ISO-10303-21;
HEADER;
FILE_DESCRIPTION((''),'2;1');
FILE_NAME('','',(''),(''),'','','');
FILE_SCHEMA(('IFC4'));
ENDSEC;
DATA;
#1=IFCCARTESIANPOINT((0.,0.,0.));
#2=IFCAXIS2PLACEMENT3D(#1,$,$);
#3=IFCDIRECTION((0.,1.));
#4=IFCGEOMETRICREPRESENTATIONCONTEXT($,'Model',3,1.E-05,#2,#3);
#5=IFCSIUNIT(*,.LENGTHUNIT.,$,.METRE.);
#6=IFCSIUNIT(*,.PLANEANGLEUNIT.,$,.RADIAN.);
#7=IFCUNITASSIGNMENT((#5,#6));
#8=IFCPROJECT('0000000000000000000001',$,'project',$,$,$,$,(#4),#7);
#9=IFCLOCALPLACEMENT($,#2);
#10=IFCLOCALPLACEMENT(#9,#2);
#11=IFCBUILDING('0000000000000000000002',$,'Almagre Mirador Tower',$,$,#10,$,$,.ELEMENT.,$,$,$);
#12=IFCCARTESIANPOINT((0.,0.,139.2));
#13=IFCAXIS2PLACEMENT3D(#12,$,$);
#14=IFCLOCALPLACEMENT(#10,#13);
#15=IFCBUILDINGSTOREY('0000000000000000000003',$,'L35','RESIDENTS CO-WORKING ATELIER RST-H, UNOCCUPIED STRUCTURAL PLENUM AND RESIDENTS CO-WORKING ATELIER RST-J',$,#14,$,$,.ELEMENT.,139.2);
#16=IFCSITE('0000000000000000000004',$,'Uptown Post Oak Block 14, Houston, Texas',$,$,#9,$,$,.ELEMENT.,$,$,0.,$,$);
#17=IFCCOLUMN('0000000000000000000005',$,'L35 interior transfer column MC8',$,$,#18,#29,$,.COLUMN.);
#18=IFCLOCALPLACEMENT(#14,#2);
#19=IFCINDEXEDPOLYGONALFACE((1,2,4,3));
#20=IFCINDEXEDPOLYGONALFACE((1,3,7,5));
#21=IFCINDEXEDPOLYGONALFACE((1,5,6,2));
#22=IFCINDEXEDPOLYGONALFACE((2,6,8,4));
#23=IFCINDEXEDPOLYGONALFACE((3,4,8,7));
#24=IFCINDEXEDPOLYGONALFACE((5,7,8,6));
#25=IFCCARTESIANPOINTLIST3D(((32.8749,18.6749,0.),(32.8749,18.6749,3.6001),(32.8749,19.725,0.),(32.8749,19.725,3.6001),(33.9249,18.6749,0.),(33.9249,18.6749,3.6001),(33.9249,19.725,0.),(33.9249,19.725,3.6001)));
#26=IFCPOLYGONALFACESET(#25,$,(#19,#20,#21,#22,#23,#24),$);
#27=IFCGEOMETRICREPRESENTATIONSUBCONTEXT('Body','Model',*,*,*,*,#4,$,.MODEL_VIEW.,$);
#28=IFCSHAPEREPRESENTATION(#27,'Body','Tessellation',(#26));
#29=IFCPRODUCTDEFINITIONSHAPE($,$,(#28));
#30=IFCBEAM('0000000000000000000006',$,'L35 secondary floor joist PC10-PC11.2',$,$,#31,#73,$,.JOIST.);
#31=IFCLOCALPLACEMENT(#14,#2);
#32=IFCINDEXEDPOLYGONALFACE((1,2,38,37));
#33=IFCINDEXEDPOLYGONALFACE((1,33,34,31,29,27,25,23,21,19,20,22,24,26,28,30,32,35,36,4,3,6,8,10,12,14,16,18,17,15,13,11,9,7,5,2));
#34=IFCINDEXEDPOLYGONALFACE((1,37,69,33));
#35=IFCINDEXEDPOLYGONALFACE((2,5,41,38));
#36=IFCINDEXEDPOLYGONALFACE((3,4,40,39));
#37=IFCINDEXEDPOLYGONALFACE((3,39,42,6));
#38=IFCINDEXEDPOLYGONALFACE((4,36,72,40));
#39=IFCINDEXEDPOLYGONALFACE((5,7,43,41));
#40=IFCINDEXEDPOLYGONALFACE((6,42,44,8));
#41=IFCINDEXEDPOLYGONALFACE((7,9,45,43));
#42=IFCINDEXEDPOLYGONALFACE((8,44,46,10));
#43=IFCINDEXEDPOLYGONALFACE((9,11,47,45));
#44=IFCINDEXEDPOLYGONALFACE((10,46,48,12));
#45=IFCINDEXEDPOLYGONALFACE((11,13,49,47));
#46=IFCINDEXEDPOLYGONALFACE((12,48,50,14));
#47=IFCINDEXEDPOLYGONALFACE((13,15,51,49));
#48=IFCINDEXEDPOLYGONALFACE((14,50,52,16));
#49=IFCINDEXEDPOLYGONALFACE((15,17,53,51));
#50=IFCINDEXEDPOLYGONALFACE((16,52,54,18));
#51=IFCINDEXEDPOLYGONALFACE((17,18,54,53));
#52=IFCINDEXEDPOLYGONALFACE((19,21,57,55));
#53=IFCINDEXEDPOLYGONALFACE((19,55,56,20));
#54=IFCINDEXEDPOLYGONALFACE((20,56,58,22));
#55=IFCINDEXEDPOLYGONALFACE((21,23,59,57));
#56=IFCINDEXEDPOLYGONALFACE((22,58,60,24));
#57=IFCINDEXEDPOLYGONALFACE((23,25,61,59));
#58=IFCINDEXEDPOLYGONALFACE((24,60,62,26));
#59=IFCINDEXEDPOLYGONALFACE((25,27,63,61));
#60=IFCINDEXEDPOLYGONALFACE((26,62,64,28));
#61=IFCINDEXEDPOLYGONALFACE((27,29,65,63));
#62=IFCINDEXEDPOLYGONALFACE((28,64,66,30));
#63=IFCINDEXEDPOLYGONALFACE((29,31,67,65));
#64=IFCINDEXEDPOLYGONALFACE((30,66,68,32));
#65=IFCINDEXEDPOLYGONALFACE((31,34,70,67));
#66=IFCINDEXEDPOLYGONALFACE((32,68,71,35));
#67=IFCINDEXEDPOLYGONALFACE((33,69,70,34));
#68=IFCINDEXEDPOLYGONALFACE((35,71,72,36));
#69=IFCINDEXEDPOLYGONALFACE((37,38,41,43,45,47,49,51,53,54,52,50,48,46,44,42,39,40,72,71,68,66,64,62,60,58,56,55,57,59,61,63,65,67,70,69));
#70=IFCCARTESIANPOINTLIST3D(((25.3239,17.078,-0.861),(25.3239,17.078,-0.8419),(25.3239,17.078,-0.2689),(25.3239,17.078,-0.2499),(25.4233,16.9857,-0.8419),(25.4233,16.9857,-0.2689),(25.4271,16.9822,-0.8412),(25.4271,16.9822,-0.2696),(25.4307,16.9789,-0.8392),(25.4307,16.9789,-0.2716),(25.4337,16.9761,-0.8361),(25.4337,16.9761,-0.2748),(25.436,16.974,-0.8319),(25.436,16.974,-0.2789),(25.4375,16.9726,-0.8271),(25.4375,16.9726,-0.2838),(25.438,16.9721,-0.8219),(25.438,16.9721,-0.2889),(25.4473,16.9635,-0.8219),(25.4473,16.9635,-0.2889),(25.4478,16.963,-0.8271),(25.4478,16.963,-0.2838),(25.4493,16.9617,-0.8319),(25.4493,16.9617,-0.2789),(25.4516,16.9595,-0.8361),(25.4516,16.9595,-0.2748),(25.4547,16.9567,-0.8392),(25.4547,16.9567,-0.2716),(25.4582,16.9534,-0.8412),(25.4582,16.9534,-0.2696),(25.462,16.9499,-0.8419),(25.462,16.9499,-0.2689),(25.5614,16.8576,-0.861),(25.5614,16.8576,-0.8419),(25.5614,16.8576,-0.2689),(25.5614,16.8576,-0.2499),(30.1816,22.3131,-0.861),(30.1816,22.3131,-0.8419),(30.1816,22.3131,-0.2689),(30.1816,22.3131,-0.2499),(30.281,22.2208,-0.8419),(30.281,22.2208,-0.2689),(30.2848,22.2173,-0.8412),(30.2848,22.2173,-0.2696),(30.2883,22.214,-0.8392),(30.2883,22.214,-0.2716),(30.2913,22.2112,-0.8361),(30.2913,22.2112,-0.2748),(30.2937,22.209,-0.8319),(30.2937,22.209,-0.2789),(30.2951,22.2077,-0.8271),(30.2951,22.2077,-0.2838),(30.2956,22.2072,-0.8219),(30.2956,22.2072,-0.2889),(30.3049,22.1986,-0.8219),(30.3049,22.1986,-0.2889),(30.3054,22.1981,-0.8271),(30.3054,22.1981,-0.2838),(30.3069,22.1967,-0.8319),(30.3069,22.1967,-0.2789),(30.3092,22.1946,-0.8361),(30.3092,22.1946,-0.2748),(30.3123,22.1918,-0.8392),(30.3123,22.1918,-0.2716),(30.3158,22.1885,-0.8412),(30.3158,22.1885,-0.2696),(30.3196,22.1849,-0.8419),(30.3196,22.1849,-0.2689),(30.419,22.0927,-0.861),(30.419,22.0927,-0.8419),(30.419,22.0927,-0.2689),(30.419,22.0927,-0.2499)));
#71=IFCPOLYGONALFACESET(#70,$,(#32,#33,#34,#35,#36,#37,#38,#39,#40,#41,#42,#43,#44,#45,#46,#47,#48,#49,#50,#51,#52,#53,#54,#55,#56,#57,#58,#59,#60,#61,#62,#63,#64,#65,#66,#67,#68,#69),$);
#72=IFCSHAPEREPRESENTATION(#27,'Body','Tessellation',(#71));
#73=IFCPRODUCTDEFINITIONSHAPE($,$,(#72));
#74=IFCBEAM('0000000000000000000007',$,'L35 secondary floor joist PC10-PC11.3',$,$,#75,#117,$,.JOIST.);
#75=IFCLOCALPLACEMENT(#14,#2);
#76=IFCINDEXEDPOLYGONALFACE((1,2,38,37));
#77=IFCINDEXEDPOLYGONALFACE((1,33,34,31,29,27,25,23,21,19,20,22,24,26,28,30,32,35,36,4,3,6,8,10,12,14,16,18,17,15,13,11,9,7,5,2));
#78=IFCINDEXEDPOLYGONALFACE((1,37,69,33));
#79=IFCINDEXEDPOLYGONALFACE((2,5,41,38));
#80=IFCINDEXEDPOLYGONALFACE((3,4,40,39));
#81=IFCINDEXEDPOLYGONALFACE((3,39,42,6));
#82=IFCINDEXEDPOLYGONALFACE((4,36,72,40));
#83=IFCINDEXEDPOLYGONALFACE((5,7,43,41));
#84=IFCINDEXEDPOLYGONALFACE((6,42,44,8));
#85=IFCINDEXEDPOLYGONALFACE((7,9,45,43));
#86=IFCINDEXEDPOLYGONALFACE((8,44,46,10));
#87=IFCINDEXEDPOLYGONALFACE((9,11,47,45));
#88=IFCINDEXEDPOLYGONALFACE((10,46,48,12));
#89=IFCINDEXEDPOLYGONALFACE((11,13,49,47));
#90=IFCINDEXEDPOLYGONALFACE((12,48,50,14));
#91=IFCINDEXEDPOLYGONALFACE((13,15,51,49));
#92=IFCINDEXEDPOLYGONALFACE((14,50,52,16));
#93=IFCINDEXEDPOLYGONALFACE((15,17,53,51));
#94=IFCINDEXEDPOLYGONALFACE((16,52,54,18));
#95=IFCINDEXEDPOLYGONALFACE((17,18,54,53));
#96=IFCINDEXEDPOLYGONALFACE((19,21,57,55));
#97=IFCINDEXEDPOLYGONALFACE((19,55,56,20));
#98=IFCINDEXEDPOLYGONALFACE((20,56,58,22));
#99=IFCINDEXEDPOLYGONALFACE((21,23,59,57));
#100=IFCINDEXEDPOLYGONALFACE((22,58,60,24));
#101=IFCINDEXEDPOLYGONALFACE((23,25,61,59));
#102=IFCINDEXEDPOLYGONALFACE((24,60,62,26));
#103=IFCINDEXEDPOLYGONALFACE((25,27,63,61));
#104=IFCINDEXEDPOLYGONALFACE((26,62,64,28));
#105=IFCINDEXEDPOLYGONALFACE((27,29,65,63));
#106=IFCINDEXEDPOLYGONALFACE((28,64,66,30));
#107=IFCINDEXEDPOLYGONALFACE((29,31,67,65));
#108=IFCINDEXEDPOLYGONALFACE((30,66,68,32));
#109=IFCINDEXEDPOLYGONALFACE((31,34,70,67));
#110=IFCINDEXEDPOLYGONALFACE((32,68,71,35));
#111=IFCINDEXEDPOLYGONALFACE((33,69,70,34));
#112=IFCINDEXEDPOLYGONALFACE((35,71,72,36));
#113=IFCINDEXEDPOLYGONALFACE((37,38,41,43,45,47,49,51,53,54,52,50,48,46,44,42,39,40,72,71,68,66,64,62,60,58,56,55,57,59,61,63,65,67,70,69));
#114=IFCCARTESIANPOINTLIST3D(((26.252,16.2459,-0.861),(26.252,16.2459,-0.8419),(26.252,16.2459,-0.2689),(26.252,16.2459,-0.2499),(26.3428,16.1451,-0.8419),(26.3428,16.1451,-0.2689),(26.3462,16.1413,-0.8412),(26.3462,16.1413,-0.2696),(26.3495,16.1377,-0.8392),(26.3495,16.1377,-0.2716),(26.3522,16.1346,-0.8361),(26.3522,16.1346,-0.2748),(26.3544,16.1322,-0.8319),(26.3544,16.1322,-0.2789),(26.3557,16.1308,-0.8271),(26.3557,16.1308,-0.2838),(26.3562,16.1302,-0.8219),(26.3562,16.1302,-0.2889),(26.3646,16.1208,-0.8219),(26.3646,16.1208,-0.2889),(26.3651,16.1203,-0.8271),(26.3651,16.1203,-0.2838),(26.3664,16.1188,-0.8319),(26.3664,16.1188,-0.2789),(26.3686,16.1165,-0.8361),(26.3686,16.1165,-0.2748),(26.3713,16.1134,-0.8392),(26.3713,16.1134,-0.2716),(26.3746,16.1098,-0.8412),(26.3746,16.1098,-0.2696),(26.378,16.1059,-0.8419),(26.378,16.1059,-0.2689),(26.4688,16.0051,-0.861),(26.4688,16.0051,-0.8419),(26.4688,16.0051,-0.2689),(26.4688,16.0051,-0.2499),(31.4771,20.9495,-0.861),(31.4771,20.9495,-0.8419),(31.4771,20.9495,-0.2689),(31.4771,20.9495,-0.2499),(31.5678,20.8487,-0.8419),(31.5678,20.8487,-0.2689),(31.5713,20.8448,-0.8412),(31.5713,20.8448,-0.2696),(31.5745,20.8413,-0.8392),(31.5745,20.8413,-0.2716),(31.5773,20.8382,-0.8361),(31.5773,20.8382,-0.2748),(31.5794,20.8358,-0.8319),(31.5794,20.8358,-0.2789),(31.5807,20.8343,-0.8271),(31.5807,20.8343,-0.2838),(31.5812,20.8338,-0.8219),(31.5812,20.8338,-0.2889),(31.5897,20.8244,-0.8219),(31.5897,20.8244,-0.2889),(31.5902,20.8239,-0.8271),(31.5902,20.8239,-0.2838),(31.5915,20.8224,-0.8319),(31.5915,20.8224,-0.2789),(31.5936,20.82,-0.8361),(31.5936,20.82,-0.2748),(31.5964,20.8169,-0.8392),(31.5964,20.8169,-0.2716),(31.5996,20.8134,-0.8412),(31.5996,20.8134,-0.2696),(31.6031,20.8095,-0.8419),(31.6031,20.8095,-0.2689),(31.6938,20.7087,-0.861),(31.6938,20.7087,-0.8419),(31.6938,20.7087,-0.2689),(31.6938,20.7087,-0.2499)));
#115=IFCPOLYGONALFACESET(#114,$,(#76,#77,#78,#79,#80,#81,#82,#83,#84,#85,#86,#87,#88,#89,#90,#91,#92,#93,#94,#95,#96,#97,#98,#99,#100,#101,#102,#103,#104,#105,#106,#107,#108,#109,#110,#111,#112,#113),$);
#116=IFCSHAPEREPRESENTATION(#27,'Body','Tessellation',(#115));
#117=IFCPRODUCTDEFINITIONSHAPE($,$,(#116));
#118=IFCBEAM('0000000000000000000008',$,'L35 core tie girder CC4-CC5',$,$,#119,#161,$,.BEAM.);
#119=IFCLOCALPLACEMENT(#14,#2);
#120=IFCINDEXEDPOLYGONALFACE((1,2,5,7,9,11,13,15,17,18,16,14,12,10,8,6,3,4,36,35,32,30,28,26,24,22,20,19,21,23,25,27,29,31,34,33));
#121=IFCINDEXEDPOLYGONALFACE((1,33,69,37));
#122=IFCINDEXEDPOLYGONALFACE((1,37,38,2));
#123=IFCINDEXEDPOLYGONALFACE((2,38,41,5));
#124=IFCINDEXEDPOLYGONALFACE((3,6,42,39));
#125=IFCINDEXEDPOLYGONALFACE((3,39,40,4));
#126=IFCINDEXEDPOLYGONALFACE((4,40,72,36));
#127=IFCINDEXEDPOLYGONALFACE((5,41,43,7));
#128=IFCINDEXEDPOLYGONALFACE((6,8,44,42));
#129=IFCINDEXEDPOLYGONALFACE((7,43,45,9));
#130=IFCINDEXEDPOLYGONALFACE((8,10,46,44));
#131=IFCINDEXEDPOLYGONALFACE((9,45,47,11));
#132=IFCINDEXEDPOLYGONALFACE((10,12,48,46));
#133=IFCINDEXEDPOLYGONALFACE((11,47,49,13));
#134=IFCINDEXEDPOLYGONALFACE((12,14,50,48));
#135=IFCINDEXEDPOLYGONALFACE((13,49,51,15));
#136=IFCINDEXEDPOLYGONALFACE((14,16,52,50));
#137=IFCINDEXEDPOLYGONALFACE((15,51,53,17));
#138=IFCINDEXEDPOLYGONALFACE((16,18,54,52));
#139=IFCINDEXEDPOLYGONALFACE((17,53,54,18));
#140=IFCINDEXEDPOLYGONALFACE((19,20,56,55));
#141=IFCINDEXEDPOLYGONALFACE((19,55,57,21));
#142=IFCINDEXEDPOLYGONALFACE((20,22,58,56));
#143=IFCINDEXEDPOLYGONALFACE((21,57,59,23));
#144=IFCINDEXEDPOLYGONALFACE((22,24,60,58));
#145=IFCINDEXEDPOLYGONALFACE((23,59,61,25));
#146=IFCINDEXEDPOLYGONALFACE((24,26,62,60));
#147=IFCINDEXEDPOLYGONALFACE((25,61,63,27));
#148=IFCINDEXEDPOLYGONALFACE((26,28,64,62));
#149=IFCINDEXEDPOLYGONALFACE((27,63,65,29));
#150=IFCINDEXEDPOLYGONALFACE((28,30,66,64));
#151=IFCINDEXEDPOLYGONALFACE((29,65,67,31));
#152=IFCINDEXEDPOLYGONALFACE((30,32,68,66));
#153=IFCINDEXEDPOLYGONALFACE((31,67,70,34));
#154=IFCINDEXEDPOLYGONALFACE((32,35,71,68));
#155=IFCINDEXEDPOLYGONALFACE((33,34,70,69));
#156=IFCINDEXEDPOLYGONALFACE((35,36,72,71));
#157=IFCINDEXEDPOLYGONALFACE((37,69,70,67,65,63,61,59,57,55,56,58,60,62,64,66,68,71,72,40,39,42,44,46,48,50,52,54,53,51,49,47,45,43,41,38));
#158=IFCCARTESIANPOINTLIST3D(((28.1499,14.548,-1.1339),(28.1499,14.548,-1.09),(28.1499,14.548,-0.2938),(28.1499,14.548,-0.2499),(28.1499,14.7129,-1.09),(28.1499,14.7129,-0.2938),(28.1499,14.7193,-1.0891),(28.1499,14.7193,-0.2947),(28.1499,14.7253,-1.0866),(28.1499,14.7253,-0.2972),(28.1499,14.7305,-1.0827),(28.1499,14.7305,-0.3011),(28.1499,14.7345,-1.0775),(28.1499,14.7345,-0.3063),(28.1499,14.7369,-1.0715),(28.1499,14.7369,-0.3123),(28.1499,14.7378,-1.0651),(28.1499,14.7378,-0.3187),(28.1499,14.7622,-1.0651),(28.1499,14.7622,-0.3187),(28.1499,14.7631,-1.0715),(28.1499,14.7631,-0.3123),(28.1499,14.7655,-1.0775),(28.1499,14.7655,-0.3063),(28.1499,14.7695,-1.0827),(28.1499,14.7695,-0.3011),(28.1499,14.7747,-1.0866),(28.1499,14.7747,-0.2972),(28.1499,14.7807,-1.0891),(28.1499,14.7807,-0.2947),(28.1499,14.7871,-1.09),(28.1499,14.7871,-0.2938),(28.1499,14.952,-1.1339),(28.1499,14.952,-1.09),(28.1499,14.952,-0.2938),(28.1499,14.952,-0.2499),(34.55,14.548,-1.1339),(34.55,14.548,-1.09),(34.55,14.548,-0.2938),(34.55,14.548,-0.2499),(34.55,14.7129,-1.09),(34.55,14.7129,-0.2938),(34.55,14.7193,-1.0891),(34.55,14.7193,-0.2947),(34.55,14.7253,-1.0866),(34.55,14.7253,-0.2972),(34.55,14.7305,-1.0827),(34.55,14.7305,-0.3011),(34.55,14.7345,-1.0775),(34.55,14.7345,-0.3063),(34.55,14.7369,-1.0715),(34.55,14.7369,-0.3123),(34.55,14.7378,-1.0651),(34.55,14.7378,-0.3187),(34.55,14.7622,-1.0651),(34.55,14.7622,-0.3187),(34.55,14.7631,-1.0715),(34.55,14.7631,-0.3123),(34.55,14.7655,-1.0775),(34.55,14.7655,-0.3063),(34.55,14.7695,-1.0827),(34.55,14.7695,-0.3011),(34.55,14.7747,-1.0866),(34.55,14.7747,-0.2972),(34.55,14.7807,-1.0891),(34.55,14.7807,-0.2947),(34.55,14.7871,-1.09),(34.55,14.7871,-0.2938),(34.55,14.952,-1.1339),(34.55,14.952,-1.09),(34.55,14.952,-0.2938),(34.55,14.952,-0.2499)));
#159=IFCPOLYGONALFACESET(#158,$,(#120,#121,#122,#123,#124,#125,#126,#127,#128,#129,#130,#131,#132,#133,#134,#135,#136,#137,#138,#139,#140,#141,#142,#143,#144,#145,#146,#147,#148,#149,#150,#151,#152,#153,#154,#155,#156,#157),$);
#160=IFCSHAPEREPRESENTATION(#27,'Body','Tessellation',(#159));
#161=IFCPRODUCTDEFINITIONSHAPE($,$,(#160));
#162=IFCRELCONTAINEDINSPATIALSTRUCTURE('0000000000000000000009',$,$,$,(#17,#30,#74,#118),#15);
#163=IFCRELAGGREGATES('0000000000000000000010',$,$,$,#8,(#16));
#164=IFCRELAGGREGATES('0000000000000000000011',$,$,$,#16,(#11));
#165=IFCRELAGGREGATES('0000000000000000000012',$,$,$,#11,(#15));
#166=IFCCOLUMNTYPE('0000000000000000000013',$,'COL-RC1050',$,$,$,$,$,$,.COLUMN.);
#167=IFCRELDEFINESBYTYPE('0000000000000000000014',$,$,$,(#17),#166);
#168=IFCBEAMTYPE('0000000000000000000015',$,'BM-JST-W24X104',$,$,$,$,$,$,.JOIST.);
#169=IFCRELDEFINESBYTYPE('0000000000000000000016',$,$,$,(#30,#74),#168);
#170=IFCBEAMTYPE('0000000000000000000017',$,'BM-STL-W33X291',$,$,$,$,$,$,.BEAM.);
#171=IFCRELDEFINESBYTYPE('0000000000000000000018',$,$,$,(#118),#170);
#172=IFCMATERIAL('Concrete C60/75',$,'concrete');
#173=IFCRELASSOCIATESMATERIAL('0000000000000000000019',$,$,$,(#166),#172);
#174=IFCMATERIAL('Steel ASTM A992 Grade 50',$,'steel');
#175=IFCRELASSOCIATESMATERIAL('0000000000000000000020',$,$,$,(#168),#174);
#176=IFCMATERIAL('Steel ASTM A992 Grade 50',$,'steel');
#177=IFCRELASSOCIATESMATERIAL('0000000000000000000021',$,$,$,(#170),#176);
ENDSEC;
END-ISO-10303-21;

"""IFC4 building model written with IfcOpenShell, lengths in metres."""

from ifc_helpers import new_model, si_unit, direction, frame, origin, origin_2d, place, context, subcontext, project, spatial, rectangle, i_section, extrude, material, material_profile, profile_set, type_object, element, save


model = new_model("IFC4")

# Units and contexts
model_context = context("Model", 3, precision=1e-05, world=origin(), true_north=direction((0.0, 1.0)))
body_context = subcontext(model_context, "Body", "Model", "MODEL_VIEW")
ifc_project = project(units=[si_unit("LENGTHUNIT", "METRE"), si_unit("PLANEANGLEUNIT", "RADIAN")], contexts=[model_context])

# Site, building, storey
site_placement = place(None, origin())
site = spatial("IfcSite", under=ifc_project, at=site_placement, Name="Uptown Post Oak Block 14, Houston, Texas", CompositionType="ELEMENT", RefElevation=0.0)
building_placement = place(site_placement, origin())
building = spatial("IfcBuilding", under=site, at=building_placement, Name="Almagre Mirador Tower", CompositionType="ELEMENT")
storey_placement = place(building_placement, frame((0.0, 0.0, 139.2)))
storey = spatial("IfcBuildingStorey", under=building, at=storey_placement, Name="L35", Description="RESIDENTS CO-WORKING ATELIER RST-H, UNOCCUPIED STRUCTURAL PLENUM AND RESIDENTS CO-WORKING ATELIER RST-J", CompositionType="ELEMENT", Elevation=139.2)

# Column
ifc_material_1 = material(Name="Concrete C60/75", Category="concrete")
ifc_material_profile_1 = material_profile(ifc_material_1, rectangle(XDim=1.05, YDim=1.05, at=origin_2d()), Name="RC1050X1050")
ifc_profile_set_1 = profile_set([ifc_material_profile_1], Name="Concrete C60/75")
column_type = type_object("IfcColumnType", Name="COL-RC1050", PredefinedType="COLUMN", material=ifc_profile_set_1)
column_placement = place(storey_placement, frame((33.3999, 19.2, 0.0), z_axis=(0.0, 0.0, 1.0), x_axis=(1.0, 0.0, 0.0)))
element("IfcColumn", 1, at=column_placement, inside=storey, type_object=column_type, Name="L35 interior transfer column MC8", PredefinedType="COLUMN", context=body_context, shape_type="SweptSolid", body=[
    extrude(rectangle(XDim=1.05, YDim=1.05, at=origin_2d()), origin(), (0.0, 0.0, 1.0), 3.6001),
])

# Beams
ifc_material_2 = material(Name="Steel ASTM A992 Grade 50", Category="steel")
ifc_material_profile_2 = material_profile(ifc_material_2, i_section(OverallWidth=0.324, OverallDepth=0.6111, WebThickness=0.0127, FlangeThickness=0.019, FilletRadius=0.02, at=origin_2d()), Name="W24X104")
ifc_profile_set_2 = profile_set([ifc_material_profile_2], Name="Steel ASTM A992 Grade 50")
beam_type_1 = type_object("IfcBeamType", Name="BM-JST-W24X104", PredefinedType="JOIST", material=ifc_profile_set_2)
beam_1_placement = place(storey_placement, frame((30.3003, 22.2029, -0.5554), z_axis=(-0.680187, -0.733038, 0.0), x_axis=(0.733038, -0.680187, 0.0)))
element("IfcBeam", 2, at=beam_1_placement, inside=storey, type_object=beam_type_1, Name="L35 secondary floor joist PC10-PC11.2", PredefinedType="JOIST", context=body_context, shape_type="SweptSolid", body=[
    extrude(i_section(OverallWidth=0.324, OverallDepth=0.6111, WebThickness=0.0127, FlangeThickness=0.019, FilletRadius=0.02, at=origin_2d()), origin(), (0.0, 0.0, 1.0), 7.1416),
])
beam_2_placement = place(storey_placement, frame((31.5854, 20.8291, -0.5554), z_axis=(-0.743222, -0.669045, 0.0), x_axis=(0.669045, -0.743222, 0.0)))
element("IfcBeam", 3, at=beam_2_placement, inside=storey, type_object=beam_type_1, Name="L35 secondary floor joist PC10-PC11.3", PredefinedType="JOIST", context=body_context, shape_type="SweptSolid", body=[
    extrude(i_section(OverallWidth=0.324, OverallDepth=0.6111, WebThickness=0.0127, FlangeThickness=0.019, FilletRadius=0.02, at=origin_2d()), origin(), (0.0, 0.0, 1.0), 7.0303),
])
ifc_material_3 = material(Name="Steel ASTM A992 Grade 50", Category="steel")
ifc_material_profile_3 = material_profile(ifc_material_3, i_section(OverallWidth=0.4041, OverallDepth=0.884, WebThickness=0.0244, FlangeThickness=0.0439, FilletRadius=0.0249, at=origin_2d()), Name="W33X291")
ifc_profile_set_3 = profile_set([ifc_material_profile_3], Name="Steel ASTM A992 Grade 50")
beam_type_2 = type_object("IfcBeamType", Name="BM-STL-W33X291", PredefinedType="BEAM", material=ifc_profile_set_3)
beam_3_placement = place(storey_placement, frame((28.1499, 14.75, -0.6919), z_axis=(1.0, 0.0, 0.0), x_axis=(0.0, 1.0, 0.0)))
element("IfcBeam", 4, at=beam_3_placement, inside=storey, type_object=beam_type_2, Name="L35 core tie girder CC4-CC5", PredefinedType="BEAM", context=body_context, shape_type="SweptSolid", body=[
    extrude(i_section(OverallWidth=0.4041, OverallDepth=0.884, WebThickness=0.0244, FlangeThickness=0.0439, FilletRadius=0.0249, at=origin_2d()), origin(), (0.0, 0.0, 1.0), 6.4001),
])

save(model, "model.ifc")
